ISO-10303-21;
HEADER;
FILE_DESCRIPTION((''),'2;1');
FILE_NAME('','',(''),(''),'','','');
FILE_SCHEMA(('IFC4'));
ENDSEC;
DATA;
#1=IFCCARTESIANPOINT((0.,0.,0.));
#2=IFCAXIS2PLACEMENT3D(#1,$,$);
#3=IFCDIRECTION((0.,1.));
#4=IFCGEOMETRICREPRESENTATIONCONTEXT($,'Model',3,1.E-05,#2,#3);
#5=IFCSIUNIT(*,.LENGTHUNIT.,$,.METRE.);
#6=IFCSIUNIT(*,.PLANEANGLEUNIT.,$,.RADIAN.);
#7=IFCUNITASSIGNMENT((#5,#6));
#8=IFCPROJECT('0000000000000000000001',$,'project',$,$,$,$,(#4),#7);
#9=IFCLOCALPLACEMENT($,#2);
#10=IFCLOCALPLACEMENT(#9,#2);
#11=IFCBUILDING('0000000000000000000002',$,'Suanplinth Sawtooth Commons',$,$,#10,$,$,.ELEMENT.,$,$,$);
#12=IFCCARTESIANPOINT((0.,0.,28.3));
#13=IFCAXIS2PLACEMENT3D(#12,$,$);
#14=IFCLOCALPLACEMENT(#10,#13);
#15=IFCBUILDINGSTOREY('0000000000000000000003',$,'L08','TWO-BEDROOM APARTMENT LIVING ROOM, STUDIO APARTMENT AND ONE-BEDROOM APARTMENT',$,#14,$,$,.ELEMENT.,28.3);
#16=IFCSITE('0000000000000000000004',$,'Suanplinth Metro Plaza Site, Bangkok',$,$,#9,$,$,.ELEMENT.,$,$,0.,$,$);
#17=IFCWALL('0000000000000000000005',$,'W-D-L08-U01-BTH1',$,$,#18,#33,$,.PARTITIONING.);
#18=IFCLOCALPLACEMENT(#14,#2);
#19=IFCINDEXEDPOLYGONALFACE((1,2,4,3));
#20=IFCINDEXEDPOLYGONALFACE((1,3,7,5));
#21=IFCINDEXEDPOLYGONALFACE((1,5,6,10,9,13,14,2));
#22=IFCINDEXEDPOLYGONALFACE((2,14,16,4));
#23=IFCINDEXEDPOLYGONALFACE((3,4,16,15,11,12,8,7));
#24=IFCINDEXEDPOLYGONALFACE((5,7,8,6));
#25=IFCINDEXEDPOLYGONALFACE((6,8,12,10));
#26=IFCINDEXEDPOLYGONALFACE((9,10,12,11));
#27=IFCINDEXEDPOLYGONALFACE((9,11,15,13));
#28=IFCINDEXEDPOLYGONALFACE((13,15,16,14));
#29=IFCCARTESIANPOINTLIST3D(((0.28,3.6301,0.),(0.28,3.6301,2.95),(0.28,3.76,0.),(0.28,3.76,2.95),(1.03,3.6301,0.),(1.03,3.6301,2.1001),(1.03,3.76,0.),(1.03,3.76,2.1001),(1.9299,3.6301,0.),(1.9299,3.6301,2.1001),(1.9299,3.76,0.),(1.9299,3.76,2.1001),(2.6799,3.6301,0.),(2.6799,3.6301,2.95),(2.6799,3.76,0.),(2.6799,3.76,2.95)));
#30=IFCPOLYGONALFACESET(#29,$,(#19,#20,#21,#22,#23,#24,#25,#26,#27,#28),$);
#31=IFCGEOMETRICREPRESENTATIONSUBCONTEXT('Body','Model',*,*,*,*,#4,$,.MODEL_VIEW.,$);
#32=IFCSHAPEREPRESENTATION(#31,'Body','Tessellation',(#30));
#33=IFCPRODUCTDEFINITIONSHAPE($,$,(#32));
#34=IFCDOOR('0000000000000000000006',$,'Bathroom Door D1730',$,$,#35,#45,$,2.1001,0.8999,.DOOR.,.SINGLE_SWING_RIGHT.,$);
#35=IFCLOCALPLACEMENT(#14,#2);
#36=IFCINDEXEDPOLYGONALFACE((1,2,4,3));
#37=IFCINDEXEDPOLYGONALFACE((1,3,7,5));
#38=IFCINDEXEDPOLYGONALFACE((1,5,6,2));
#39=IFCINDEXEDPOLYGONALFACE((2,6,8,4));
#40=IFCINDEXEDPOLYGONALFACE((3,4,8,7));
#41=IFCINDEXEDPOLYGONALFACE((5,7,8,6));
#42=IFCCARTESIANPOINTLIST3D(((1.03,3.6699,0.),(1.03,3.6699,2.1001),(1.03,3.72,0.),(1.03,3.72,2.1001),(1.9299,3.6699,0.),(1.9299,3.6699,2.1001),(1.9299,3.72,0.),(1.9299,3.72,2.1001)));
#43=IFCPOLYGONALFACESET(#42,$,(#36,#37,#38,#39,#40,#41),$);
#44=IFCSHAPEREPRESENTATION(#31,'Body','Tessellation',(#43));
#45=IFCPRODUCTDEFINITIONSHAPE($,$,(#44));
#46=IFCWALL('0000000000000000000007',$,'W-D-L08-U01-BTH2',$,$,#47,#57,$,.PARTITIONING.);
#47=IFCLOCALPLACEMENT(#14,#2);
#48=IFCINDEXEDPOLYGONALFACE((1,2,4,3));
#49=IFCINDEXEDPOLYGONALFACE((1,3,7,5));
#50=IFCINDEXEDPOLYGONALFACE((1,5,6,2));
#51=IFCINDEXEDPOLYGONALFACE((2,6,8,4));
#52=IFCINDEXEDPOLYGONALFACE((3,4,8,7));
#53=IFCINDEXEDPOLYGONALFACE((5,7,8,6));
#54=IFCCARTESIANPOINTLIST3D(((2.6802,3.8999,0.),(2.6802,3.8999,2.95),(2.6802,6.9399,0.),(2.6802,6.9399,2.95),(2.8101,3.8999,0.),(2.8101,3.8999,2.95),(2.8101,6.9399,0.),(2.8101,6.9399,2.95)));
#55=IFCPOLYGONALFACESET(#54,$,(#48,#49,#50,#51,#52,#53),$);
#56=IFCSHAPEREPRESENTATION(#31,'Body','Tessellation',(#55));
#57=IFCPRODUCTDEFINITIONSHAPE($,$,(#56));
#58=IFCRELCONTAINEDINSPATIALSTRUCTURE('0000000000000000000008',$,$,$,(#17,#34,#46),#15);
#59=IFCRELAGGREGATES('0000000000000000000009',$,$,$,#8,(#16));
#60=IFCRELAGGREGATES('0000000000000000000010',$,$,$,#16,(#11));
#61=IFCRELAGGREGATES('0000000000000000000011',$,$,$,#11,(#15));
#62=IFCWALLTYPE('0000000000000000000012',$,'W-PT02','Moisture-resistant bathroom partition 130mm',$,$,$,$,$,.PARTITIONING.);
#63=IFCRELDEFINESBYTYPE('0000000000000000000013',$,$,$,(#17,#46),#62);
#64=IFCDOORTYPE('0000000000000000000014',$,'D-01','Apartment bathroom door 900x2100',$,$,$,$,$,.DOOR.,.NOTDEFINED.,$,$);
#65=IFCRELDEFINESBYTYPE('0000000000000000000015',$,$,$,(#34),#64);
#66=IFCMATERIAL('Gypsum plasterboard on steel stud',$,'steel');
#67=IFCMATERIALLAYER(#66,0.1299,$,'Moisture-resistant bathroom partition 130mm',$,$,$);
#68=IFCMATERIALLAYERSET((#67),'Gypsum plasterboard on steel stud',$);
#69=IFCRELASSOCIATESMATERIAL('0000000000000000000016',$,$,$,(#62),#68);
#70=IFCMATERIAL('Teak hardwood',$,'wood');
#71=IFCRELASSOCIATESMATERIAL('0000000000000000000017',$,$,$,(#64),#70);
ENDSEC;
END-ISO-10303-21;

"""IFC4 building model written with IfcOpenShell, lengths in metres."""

from ifc_helpers import new_model, si_unit, direction, frame, frame_2d, origin, place, context, subcontext, project, spatial, rectangle, extrude, material, layer, layer_set, type_object, element, fill, save


model = new_model("IFC4")

# Units and contexts
model_context = context("Model", 3, precision=1e-05, world=origin(), true_north=direction((0.0, 1.0)))
body_context = subcontext(model_context, "Body", "Model", "MODEL_VIEW")
ifc_project = project(units=[si_unit("LENGTHUNIT", "METRE"), si_unit("PLANEANGLEUNIT", "RADIAN")], contexts=[model_context])

# Site, building, storey
site_placement = place(None, origin())
site = spatial("IfcSite", under=ifc_project, at=site_placement, Name="Suanplinth Metro Plaza Site, Bangkok", CompositionType="ELEMENT", RefElevation=0.0)
building_placement = place(site_placement, origin())
building = spatial("IfcBuilding", under=site, at=building_placement, Name="Suanplinth Sawtooth Commons", CompositionType="ELEMENT")
storey_placement = place(building_placement, frame((0.0, 0.0, 28.3)))
storey = spatial("IfcBuildingStorey", under=building, at=storey_placement, Name="L08", Description="TWO-BEDROOM APARTMENT LIVING ROOM, STUDIO APARTMENT AND ONE-BEDROOM APARTMENT", CompositionType="ELEMENT", Elevation=28.3)

# Wall, opening, door
ifc_material_1 = material(Name="Gypsum plasterboard on steel stud", Category="steel")
ifc_material_2 = material(Name="Teak hardwood", Category="wood")
ifc_layer_1 = layer(ifc_material_1, 0.1299, Name="Moisture-resistant bathroom partition 130mm")
ifc_layer_set_1 = layer_set([ifc_layer_1], Name="Gypsum plasterboard on steel stud")
wall_type_1 = type_object("IfcWallType", Name="W-PT02", Description="Moisture-resistant bathroom partition 130mm", PredefinedType="PARTITIONING", material=ifc_layer_set_1)
wall_1_placement = place(storey_placement, frame((0.28, 3.6951, 0.0), z_axis=(0.0, 0.0, 1.0), x_axis=(1.0, 0.0, 0.0)))
wall_1 = element("IfcWall", 1, at=wall_1_placement, inside=storey, type_object=wall_type_1, Name="W-D-L08-U01-BTH1", PredefinedType="PARTITIONING", context=body_context, shape_type="SweptSolid", body=[
    extrude(rectangle(XDim=2.3999, YDim=0.1299, at=frame_2d((1.2, 0.0))), origin(), (0.0, 0.0, 1.0), 2.95),
])
opening_1_placement = place(wall_1_placement, frame((0.75, 0.0, 0.0)))
opening_1 = element("IfcOpeningElement", 2, at=opening_1_placement, cuts=wall_1, PredefinedType="OPENING", context=body_context, shape_type="SweptSolid", body=[
    extrude(rectangle(XDim=0.8999, YDim=2.1001, at=frame_2d((0.45, 1.05))), frame((0.0, 0.0798, 0.0), z_axis=(0.0, -1.0, 0.0), x_axis=(1.0, 0.0, 0.0)), (0.0, 0.0, 1.0), 0.1597),
])
door_type_1 = type_object("IfcDoorType", Name="D-01", Description="Apartment bathroom door 900x2100", OperationType="NOTDEFINED", PredefinedType="DOOR", material=ifc_material_2)
door_1_placement = place(opening_1_placement, origin())
door_1 = element("IfcDoor", 3, at=door_1_placement, inside=storey, type_object=door_type_1, Name="Bathroom Door D1730", OperationType="SINGLE_SWING_RIGHT", OverallHeight=2.1001, OverallWidth=0.8999, PredefinedType="DOOR", context=body_context, shape_type="SweptSolid", body=[
    extrude(rectangle(XDim=0.8999, YDim=2.1001, at=frame_2d((0.45, 1.05))), frame((0.0, 0.0249, 0.0), z_axis=(0.0, -1.0, 0.0), x_axis=(1.0, 0.0, 0.0)), (0.0, 0.0, 1.0), 0.05),
])
fill(opening_1, door_1)

# Wall
wall_2_placement = place(storey_placement, frame((2.7451, 3.8999, 0.0), z_axis=(0.0, 0.0, 1.0), x_axis=(0.0, 1.0, 0.0)))
element("IfcWall", 4, at=wall_2_placement, inside=storey, type_object=wall_type_1, Name="W-D-L08-U01-BTH2", PredefinedType="PARTITIONING", context=body_context, shape_type="SweptSolid", body=[
    extrude(rectangle(XDim=3.04, YDim=0.1299, at=frame_2d((1.52, 0.0))), origin(), (0.0, 0.0, 1.0), 2.95),
])

save(model, "model.ifc")
